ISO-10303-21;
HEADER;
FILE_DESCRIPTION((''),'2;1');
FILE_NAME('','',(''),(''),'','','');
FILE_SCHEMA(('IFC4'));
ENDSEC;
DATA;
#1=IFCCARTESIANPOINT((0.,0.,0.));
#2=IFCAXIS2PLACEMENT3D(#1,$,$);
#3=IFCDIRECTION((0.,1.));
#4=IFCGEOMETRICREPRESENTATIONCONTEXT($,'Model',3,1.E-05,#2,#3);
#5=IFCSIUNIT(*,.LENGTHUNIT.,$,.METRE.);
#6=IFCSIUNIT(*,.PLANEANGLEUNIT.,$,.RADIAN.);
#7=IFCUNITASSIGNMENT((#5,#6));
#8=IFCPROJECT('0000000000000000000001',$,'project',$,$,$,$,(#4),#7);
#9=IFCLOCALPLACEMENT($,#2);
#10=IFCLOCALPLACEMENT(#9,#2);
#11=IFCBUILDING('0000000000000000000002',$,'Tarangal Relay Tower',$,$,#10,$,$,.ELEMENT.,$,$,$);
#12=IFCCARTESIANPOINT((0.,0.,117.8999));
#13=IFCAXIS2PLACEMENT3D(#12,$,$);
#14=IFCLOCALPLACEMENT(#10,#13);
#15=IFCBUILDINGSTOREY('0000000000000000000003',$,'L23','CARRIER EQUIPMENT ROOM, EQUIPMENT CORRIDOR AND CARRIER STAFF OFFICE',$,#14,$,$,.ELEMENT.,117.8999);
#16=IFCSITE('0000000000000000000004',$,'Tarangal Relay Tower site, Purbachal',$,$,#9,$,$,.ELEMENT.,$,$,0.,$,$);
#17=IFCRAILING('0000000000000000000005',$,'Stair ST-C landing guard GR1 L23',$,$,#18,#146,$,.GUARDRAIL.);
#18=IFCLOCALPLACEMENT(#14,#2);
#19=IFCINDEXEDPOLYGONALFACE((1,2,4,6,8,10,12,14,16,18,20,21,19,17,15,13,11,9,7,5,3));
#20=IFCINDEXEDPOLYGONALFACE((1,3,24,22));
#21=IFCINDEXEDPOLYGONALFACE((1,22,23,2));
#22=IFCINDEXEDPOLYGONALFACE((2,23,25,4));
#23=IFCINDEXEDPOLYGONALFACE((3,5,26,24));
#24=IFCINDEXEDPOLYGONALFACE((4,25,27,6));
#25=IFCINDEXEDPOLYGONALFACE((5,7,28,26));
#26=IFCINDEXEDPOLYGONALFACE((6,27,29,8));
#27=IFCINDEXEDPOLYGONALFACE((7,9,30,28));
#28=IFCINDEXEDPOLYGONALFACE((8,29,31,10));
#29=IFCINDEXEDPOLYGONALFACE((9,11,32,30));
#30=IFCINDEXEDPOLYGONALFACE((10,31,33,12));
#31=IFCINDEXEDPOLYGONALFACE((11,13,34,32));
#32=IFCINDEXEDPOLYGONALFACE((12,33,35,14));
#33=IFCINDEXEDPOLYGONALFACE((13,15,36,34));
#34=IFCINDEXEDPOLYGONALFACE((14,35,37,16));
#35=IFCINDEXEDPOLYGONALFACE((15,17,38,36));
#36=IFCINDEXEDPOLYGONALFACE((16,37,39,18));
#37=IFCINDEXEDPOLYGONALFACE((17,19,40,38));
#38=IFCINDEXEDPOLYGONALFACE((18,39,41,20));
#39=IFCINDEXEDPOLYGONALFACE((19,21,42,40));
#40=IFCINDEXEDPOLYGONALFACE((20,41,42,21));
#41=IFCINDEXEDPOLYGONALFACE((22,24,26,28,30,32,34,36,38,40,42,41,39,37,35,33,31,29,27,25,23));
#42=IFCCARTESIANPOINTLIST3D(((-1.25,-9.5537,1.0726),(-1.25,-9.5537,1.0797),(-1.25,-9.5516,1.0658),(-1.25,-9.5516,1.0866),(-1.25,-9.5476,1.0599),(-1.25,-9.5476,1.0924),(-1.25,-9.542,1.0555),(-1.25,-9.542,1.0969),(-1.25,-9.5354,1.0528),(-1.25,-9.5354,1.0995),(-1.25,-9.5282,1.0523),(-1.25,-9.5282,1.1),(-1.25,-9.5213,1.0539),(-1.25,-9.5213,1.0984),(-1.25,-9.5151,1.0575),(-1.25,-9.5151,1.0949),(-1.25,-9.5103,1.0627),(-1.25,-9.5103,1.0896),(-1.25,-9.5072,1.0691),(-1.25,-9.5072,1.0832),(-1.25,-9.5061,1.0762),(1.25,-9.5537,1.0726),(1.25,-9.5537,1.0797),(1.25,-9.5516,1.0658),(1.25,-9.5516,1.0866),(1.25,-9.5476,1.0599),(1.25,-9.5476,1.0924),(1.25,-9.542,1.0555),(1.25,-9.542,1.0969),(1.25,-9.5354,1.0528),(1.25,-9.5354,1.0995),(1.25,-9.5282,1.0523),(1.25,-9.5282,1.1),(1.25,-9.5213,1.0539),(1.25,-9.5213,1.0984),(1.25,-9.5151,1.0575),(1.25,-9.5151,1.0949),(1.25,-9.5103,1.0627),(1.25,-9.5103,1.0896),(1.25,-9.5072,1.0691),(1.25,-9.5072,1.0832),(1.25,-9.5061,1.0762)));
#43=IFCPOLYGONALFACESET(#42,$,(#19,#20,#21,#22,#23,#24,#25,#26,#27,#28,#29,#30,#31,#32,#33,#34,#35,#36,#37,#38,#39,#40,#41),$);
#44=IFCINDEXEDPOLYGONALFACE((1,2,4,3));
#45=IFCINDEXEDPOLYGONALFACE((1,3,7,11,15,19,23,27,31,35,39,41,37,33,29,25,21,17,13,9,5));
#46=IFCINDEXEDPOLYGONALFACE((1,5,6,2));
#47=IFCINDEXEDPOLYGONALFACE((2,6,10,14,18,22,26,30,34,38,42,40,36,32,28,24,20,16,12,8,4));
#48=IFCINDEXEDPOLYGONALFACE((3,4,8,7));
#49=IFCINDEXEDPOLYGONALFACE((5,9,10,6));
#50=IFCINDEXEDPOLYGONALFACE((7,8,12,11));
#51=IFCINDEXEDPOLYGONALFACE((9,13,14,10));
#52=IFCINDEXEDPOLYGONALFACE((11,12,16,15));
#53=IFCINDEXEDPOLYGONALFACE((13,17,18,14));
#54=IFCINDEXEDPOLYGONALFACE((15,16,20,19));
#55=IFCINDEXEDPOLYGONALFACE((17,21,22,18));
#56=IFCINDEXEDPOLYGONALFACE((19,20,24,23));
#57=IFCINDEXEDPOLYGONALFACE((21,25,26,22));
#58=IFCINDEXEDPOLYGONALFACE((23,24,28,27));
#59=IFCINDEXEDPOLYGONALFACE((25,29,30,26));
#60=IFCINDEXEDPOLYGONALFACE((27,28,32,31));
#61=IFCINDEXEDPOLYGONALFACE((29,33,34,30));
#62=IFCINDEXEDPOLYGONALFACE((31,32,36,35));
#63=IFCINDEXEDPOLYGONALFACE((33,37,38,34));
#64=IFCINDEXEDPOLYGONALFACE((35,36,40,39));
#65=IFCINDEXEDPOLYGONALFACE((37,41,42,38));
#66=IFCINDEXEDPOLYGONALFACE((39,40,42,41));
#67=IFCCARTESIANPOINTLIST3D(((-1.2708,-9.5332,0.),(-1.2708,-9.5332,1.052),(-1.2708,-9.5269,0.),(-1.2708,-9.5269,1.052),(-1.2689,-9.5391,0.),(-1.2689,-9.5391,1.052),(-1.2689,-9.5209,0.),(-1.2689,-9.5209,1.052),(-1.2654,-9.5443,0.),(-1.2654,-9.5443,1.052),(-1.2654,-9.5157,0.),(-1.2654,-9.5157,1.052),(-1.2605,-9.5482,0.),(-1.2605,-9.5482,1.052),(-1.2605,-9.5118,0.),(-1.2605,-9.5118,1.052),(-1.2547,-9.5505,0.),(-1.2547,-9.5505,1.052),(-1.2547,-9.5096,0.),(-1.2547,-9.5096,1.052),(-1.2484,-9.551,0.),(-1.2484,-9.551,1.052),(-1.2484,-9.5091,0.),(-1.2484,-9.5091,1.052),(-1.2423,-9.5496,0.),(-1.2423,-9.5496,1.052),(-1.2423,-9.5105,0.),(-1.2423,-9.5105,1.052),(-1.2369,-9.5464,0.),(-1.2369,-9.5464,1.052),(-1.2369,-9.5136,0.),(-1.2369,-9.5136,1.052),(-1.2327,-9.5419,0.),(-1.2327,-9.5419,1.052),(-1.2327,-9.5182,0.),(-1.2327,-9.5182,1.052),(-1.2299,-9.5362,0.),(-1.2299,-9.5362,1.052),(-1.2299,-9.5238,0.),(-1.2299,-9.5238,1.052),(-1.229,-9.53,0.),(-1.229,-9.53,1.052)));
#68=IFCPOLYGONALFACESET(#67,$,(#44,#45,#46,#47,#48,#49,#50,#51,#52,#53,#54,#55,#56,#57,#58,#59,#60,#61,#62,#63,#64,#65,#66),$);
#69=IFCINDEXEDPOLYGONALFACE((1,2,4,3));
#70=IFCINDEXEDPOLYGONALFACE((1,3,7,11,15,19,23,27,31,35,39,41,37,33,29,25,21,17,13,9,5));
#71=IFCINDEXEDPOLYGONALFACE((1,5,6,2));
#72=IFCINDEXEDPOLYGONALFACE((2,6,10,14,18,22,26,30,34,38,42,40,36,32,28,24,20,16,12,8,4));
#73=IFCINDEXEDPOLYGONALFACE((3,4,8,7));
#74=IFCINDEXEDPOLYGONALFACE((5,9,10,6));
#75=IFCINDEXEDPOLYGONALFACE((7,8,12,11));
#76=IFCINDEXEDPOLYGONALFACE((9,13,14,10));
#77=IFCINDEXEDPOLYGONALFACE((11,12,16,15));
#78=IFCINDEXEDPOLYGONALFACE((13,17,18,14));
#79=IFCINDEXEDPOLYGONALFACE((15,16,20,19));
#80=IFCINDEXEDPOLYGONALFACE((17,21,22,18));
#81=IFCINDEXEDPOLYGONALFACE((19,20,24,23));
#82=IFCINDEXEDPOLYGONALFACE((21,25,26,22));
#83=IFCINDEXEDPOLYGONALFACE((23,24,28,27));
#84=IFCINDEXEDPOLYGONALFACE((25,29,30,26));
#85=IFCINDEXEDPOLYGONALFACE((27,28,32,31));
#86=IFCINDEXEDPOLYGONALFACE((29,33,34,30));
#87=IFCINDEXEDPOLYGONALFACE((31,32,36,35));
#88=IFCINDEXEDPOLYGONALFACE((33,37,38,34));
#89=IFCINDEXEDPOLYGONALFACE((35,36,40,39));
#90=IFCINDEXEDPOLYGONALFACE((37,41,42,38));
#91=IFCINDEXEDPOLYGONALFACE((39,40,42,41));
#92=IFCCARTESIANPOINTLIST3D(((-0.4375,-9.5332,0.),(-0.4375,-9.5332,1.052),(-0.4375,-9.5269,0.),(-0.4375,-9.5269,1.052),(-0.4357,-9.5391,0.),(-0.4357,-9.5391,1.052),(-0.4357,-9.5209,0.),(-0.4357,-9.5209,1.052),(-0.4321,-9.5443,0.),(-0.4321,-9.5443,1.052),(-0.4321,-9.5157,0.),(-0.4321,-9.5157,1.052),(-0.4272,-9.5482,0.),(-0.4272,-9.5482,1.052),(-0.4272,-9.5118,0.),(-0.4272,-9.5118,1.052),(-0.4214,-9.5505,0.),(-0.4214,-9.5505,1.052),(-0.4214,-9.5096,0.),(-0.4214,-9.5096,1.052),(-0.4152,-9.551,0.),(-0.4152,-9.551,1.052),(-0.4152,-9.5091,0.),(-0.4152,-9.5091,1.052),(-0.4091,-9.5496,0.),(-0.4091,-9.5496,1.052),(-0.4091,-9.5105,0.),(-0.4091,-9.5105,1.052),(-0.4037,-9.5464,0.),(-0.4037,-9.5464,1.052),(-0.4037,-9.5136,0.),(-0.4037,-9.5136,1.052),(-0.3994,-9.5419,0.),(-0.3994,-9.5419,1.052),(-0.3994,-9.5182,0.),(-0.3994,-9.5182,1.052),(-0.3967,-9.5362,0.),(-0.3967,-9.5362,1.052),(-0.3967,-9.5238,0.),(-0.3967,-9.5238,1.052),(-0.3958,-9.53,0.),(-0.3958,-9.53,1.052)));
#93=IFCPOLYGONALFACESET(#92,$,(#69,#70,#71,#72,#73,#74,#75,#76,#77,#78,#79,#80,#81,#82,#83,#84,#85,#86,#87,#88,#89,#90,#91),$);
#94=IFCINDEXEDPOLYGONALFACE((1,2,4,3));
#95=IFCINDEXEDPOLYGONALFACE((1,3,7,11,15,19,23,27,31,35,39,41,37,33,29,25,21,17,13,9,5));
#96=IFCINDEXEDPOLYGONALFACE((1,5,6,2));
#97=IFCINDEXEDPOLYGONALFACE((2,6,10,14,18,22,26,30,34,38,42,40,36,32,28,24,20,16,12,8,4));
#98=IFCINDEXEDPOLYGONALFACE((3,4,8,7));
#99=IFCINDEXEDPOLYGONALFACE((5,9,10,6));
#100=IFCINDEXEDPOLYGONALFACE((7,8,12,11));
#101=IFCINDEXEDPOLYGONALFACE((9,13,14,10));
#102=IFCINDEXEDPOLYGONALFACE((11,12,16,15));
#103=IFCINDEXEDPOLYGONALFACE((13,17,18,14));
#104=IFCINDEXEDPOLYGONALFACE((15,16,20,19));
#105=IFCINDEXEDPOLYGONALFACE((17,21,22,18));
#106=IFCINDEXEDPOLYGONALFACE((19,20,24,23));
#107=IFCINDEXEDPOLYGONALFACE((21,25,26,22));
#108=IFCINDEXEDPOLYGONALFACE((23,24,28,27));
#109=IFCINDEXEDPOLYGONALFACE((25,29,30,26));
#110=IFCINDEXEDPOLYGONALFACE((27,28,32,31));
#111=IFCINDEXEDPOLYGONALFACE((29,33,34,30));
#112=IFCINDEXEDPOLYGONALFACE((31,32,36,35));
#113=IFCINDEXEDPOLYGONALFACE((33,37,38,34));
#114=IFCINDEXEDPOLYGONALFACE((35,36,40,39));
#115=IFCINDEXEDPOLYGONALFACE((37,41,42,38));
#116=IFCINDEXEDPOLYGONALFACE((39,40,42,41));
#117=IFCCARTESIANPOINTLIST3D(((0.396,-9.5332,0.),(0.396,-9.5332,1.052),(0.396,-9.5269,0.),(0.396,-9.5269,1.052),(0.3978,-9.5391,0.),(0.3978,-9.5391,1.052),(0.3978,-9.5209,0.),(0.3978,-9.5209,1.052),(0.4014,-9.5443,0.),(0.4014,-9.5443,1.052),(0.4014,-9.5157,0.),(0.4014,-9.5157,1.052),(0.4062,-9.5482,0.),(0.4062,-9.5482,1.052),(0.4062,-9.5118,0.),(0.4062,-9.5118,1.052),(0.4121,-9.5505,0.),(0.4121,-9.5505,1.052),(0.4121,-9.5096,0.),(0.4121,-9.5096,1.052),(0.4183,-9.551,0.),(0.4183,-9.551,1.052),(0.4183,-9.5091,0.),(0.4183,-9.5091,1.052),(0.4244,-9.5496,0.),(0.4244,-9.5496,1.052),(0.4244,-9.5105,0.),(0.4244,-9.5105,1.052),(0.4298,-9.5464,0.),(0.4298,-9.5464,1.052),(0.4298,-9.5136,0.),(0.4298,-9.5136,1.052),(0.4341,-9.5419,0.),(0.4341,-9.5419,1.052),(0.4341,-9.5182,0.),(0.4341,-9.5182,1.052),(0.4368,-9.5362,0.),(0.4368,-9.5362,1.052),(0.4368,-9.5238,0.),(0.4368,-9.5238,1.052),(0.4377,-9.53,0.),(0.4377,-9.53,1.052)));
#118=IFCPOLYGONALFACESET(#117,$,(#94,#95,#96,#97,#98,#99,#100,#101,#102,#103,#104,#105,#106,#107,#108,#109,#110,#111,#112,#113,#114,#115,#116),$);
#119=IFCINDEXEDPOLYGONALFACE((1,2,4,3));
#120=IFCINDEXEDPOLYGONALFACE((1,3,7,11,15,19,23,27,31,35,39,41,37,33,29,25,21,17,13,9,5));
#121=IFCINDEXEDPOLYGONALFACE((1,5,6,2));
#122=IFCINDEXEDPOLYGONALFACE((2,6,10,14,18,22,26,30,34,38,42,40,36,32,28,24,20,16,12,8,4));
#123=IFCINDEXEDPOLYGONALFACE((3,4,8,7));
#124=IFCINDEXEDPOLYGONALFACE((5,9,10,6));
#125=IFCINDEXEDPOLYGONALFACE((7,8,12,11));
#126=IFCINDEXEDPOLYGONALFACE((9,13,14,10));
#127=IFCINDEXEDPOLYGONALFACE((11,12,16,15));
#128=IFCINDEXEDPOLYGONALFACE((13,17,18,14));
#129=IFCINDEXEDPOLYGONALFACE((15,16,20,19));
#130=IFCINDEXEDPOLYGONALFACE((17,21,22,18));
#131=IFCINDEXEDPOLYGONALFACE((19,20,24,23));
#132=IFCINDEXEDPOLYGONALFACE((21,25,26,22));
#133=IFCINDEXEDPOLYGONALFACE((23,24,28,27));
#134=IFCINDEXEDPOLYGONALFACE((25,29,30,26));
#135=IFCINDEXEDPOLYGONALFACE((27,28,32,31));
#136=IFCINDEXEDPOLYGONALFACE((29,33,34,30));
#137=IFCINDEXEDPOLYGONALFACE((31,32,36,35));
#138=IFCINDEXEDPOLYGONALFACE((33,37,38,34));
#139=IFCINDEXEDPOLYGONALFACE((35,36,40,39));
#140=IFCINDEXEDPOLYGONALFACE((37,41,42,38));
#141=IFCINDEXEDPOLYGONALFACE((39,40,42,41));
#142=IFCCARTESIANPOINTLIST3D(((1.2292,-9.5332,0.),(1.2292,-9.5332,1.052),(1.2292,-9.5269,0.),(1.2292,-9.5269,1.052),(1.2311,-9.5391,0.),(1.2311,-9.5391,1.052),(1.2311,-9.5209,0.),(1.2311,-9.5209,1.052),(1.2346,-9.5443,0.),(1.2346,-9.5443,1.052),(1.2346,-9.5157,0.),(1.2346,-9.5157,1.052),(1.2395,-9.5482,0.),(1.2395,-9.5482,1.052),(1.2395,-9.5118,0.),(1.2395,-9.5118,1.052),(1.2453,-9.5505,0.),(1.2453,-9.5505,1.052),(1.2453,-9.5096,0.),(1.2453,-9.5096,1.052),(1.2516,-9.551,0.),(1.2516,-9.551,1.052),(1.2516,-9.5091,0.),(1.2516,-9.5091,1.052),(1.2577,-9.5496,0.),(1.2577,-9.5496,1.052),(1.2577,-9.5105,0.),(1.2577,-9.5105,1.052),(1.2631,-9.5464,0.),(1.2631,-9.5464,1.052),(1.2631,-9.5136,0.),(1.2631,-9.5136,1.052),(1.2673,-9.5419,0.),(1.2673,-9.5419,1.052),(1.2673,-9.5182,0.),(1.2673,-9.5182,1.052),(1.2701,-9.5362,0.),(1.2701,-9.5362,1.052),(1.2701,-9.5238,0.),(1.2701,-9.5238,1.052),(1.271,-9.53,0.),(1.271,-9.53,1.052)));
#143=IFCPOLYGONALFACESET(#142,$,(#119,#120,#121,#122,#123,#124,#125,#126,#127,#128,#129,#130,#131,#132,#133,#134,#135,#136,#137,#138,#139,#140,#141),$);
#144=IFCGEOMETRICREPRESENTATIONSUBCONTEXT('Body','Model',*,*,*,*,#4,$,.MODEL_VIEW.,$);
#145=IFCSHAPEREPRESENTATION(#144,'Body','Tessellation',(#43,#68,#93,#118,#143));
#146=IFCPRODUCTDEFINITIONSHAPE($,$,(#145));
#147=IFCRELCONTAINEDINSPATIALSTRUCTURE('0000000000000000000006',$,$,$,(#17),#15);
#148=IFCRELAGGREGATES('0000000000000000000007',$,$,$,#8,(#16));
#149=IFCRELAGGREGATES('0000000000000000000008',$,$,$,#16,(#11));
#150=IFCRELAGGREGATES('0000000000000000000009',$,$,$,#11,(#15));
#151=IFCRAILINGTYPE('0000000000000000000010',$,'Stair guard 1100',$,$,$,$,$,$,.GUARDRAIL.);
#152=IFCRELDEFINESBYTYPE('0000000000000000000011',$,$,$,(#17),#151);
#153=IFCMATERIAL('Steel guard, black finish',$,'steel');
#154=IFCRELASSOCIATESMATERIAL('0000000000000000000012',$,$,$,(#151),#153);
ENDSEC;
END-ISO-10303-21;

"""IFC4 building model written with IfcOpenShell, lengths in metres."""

from ifc_helpers import new_model, si_unit, direction, frame, origin, origin_2d, place, context, subcontext, project, spatial, circle, extrude, material, type_object, element, save


model = new_model("IFC4")

# Units and contexts
model_context = context("Model", 3, precision=1e-05, world=origin(), true_north=direction((0.0, 1.0)))
body_context = subcontext(model_context, "Body", "Model", "MODEL_VIEW")
ifc_project = project(units=[si_unit("LENGTHUNIT", "METRE"), si_unit("PLANEANGLEUNIT", "RADIAN")], contexts=[model_context])

# Site, building, storey
site_placement = place(None, origin())
site = spatial("IfcSite", under=ifc_project, at=site_placement, Name="Tarangal Relay Tower site, Purbachal", CompositionType="ELEMENT", RefElevation=0.0)
building_placement = place(site_placement, origin())
building = spatial("IfcBuilding", under=site, at=building_placement, Name="Tarangal Relay Tower", CompositionType="ELEMENT")
storey_placement = place(building_placement, frame((0.0, 0.0, 117.8999)))
storey = spatial("IfcBuildingStorey", under=building, at=storey_placement, Name="L23", Description="CARRIER EQUIPMENT ROOM, EQUIPMENT CORRIDOR AND CARRIER STAFF OFFICE", CompositionType="ELEMENT", Elevation=117.8999)

# Railing
ifc_material_1 = material(Name="Steel guard, black finish", Category="steel")
railing_type_1 = type_object("IfcRailingType", Name="Stair guard 1100", PredefinedType="GUARDRAIL", material=ifc_material_1)
for number, where, name in (
    (1, (-1.25, -9.53, 0.0), "Stair ST-C landing guard GR1 L23"),
):
    element("IfcRailing", number, at=place(storey_placement, frame(where)), inside=storey, type_object=railing_type_1, Name=name, PredefinedType="GUARDRAIL", context=body_context, shape_type="SweptSolid", body=[
        extrude(circle(Radius=0.0239, at=origin_2d()), frame((0.0, 0.0, 1.0762), z_axis=(1.0, 0.0, 0.0), x_axis=(0.0, 1.0, 0.0)), (0.0, 0.0, 1.0), 2.5),
        extrude(circle(Radius=0.021, at=origin_2d()), origin(), (0.0, 0.0, 1.0), 1.052),
        extrude(circle(Radius=0.021, at=origin_2d()), frame((0.8333, 0.0, 0.0)), (0.0, 0.0, 1.0), 1.052),
        extrude(circle(Radius=0.021, at=origin_2d()), frame((1.6667, 0.0, 0.0)), (0.0, 0.0, 1.0), 1.052),
        extrude(circle(Radius=0.021, at=origin_2d()), frame((2.5, 0.0, 0.0)), (0.0, 0.0, 1.0), 1.052),
    ])

save(model, "model.ifc")
